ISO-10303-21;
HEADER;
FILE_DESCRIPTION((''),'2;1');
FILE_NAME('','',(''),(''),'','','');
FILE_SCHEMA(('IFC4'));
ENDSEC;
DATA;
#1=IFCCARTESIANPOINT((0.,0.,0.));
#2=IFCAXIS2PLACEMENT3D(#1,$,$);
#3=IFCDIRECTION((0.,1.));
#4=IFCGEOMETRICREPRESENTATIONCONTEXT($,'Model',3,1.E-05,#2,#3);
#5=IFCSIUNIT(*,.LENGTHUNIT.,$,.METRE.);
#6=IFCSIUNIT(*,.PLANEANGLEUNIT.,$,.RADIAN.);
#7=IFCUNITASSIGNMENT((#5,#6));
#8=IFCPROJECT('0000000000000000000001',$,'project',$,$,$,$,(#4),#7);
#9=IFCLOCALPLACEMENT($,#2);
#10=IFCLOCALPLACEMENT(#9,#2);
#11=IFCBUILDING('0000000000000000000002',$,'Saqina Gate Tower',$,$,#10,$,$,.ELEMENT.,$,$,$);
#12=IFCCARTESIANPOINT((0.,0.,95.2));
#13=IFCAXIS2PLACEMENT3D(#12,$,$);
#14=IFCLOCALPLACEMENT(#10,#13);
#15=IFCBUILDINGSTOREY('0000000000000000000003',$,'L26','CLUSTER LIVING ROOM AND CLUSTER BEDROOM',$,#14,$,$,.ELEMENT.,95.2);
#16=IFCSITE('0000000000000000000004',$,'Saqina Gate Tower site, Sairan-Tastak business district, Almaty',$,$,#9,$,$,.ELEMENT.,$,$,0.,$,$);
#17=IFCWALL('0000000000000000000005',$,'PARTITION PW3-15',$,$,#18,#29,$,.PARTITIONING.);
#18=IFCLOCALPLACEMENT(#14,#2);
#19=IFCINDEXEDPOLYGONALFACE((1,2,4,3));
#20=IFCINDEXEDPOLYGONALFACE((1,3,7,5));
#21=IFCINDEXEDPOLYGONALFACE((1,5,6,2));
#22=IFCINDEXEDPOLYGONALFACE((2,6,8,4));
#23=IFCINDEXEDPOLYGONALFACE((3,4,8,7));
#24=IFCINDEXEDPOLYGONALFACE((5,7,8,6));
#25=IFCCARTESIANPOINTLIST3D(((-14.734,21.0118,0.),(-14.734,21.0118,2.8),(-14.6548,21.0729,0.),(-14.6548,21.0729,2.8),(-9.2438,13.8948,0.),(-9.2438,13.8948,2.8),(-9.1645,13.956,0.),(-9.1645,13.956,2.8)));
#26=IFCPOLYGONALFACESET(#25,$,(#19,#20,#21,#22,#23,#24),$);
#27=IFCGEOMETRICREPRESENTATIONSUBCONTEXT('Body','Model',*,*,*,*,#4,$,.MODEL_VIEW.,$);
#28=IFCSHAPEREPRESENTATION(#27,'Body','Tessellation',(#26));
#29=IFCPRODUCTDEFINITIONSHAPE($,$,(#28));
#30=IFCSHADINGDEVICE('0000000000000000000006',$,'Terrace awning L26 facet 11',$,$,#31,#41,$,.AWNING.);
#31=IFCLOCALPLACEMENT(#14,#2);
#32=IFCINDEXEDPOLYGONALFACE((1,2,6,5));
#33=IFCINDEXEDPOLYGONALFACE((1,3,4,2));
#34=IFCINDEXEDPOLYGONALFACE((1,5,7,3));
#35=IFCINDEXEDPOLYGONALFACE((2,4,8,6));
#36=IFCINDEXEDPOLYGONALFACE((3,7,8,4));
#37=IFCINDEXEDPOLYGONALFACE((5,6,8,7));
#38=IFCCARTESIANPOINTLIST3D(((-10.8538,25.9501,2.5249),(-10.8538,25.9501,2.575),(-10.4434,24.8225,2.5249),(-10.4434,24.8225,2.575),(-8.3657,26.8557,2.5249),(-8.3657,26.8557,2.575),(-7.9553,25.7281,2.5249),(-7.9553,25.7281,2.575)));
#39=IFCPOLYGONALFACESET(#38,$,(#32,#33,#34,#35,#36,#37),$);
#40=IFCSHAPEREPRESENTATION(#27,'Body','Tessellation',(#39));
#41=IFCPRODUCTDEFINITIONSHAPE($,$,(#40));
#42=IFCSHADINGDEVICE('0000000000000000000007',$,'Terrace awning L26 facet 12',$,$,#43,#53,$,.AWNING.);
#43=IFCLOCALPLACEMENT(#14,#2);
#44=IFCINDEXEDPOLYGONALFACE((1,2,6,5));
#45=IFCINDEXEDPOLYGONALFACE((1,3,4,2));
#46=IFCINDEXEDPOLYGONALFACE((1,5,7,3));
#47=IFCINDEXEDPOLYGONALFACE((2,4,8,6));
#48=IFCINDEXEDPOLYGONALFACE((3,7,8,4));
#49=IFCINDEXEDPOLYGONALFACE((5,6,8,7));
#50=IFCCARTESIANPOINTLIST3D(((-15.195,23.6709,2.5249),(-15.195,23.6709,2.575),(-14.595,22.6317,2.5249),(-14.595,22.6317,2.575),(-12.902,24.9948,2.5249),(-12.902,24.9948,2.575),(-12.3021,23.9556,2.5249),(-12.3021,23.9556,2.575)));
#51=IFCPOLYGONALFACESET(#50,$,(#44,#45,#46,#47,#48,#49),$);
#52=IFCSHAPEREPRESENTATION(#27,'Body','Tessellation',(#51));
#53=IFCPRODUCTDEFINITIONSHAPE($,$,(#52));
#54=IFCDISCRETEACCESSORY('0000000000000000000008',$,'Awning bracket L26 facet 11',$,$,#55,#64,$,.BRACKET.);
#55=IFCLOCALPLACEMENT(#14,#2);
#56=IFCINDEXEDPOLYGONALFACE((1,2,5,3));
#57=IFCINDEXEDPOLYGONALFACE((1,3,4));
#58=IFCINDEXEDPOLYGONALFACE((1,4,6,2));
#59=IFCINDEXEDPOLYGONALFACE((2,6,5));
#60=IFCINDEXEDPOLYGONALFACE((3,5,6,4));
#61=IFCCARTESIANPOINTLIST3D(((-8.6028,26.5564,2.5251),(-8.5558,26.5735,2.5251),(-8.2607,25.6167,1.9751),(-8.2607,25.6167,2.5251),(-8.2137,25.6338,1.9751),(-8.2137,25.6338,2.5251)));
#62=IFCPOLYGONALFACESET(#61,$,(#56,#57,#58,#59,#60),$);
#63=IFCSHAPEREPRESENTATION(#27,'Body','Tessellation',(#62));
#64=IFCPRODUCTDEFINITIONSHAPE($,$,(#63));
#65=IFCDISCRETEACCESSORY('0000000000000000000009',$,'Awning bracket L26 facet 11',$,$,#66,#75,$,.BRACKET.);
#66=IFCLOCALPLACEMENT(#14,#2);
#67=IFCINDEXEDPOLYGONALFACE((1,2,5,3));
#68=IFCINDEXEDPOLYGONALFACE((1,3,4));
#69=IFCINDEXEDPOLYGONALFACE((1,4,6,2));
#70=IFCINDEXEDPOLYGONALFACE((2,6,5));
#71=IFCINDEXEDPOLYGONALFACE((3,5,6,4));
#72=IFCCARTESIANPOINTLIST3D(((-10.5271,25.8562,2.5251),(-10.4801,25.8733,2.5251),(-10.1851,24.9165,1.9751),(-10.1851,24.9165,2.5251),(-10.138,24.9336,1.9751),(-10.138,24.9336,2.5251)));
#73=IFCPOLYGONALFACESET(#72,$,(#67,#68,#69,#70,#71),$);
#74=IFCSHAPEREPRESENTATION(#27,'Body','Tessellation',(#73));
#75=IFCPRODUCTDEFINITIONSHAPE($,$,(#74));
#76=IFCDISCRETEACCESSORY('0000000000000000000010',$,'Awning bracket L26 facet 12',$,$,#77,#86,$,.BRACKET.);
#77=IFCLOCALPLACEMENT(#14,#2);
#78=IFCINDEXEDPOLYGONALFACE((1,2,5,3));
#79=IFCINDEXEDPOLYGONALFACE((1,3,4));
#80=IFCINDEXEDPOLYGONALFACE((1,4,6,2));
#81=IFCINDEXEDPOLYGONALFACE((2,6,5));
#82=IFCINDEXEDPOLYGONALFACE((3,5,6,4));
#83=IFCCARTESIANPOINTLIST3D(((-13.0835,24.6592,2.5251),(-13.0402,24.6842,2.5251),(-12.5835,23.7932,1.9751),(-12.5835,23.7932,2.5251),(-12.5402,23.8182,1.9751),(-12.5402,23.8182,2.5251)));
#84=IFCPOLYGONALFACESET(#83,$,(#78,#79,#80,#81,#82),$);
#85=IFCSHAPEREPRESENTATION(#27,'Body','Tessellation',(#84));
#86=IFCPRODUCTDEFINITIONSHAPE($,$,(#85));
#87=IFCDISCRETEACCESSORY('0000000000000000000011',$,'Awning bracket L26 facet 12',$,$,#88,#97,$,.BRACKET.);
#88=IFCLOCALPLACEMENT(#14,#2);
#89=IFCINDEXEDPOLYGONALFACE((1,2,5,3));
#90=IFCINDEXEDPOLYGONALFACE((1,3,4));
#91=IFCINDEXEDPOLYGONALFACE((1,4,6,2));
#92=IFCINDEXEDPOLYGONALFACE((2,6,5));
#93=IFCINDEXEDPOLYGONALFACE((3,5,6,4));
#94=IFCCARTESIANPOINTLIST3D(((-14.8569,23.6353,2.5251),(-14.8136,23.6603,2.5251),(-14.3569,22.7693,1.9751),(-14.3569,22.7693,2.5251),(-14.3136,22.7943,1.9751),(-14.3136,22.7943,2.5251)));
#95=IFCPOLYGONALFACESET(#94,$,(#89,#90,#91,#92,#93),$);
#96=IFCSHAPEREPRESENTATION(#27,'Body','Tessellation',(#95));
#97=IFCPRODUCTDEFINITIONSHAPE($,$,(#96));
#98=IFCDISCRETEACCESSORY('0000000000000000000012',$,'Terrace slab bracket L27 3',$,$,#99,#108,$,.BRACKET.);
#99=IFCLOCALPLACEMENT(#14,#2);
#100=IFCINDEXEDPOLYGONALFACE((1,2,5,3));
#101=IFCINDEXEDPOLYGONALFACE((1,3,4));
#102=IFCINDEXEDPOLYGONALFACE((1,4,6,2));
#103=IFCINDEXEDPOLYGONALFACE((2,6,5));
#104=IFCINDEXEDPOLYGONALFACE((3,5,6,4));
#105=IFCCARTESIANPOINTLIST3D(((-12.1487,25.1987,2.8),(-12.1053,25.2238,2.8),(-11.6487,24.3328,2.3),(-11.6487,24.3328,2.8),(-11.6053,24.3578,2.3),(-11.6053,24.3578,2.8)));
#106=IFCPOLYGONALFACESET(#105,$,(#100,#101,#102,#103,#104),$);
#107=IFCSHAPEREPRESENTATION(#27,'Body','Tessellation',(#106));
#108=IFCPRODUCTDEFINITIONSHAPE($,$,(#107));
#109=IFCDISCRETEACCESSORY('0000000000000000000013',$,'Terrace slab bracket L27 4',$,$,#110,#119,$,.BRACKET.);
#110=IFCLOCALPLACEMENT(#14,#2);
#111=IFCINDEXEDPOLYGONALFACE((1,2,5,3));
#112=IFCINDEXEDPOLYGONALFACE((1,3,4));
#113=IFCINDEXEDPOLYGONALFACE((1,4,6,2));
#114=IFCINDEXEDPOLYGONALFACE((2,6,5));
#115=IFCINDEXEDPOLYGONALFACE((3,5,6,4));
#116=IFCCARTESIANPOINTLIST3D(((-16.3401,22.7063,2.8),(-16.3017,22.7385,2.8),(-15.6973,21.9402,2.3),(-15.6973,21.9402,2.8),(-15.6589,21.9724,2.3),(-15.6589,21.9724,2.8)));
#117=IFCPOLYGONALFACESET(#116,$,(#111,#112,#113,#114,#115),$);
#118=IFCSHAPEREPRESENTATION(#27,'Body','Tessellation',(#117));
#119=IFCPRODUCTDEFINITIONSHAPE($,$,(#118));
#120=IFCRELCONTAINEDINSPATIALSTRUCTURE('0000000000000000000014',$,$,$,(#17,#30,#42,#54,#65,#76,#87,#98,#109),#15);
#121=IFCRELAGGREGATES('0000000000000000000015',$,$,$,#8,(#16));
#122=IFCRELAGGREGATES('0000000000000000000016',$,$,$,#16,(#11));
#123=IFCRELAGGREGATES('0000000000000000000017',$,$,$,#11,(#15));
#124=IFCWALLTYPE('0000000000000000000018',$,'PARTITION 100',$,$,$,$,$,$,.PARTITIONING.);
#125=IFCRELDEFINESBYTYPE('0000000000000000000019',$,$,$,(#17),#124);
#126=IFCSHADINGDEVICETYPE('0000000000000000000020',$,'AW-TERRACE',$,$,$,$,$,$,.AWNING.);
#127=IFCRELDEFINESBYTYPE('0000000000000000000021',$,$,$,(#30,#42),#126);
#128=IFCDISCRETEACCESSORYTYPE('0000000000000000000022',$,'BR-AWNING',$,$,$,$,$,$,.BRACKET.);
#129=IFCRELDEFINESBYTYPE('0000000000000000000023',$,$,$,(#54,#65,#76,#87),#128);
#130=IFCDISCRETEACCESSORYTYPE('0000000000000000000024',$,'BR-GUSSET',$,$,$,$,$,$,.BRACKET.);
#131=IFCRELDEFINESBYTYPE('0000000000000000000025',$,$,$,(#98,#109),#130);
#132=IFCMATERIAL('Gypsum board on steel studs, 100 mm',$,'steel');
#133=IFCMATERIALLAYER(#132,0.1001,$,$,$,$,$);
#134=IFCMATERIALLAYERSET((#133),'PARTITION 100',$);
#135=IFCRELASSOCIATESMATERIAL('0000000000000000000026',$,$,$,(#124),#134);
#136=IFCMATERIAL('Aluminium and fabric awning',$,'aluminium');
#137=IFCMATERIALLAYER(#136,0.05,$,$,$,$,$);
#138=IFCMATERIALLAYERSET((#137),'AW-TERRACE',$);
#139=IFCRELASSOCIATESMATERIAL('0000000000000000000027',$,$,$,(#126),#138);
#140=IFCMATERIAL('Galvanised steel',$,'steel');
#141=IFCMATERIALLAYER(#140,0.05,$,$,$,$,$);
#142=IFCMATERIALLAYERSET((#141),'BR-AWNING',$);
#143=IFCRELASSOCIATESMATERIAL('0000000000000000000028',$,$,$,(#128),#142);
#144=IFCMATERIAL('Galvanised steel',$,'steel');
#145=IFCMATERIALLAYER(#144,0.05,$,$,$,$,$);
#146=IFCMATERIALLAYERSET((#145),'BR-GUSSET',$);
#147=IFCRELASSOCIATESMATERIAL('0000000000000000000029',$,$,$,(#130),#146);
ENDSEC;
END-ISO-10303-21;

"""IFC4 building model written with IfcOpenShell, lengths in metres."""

from ifc_helpers import new_model, si_unit, direction, frame, frame_2d, origin, origin_2d, place, context, subcontext, project, spatial, polyline, rectangle, outline, extrude, material, layer, layer_set, type_object, element, save


model = new_model("IFC4")

# Units and contexts
model_context = context("Model", 3, precision=1e-05, world=origin(), true_north=direction((0.0, 1.0)))
body_context = subcontext(model_context, "Body", "Model", "MODEL_VIEW")
ifc_project = project(units=[si_unit("LENGTHUNIT", "METRE"), si_unit("PLANEANGLEUNIT", "RADIAN")], contexts=[model_context])

# Site, building, storey
site_placement = place(None, origin())
site = spatial("IfcSite", under=ifc_project, at=site_placement, Name="Saqina Gate Tower site, Sairan-Tastak business district, Almaty", CompositionType="ELEMENT", RefElevation=0.0)
building_placement = place(site_placement, origin())
building = spatial("IfcBuilding", under=site, at=building_placement, Name="Saqina Gate Tower", CompositionType="ELEMENT")
storey_placement = place(building_placement, frame((0.0, 0.0, 95.2)))
storey = spatial("IfcBuildingStorey", under=building, at=storey_placement, Name="L26", Description="CLUSTER LIVING ROOM AND CLUSTER BEDROOM", CompositionType="ELEMENT", Elevation=95.2)

# Wall
ifc_material_1 = material(Name="Gypsum board on steel studs, 100 mm", Category="steel")
ifc_layer_1 = layer(ifc_material_1, 0.1001)
ifc_layer_set_1 = layer_set([ifc_layer_1], Name="PARTITION 100")
wall_type_1 = type_object("IfcWallType", Name="PARTITION 100", PredefinedType="PARTITIONING", material=ifc_layer_set_1)
wall_1_placement = place(storey_placement, frame((-14.6943, 21.0422, 0.0), z_axis=(0.0, 0.0, 1.0), x_axis=(0.610805, -0.791781, 0.0)))
element("IfcWall", 1, at=wall_1_placement, inside=storey, type_object=wall_type_1, Name="PARTITION PW3-15", PredefinedType="PARTITIONING", context=body_context, shape_type="SweptSolid", body=[
    extrude(rectangle(XDim=8.9885, YDim=0.1001, at=frame_2d((4.4941, 0.0))), origin(), (0.0, 0.0, 1.0), 2.8),
])

# Shading devices
ifc_material_2 = material(Name="Aluminium and fabric awning", Category="aluminium")
ifc_layer_2 = layer(ifc_material_2, 0.05)
ifc_layer_set_2 = layer_set([ifc_layer_2], Name="AW-TERRACE")
shading_device_type = type_object("IfcShadingDeviceType", Name="AW-TERRACE", PredefinedType="AWNING", material=ifc_layer_set_2)
for number, where, z_axis, x_axis, name in (
    (2, (-9.4045, 25.8391, 2.5249), (0.0, 0.0, 1.0), (-0.939693, -0.34202, 0.0), "Terrace awning L26 facet 11"),
    (3, (-13.7485, 23.8132, 2.5249), (0.0, 0.0, 1.0), (-0.866025, -0.5, 0.0), "Terrace awning L26 facet 12"),
):
    element("IfcShadingDevice", number, at=place(storey_placement, frame(where, z_axis=z_axis, x_axis=x_axis)), inside=storey, type_object=shading_device_type, Name=name, PredefinedType="AWNING", context=body_context, shape_type="SweptSolid", body=[
        extrude(rectangle(XDim=2.6477, YDim=1.2, at=origin_2d()), origin(), (0.0, 0.0, 1.0), 0.05),
    ])

# Discrete accessories
ifc_material_3 = material(Name="Galvanised steel", Category="steel")
ifc_layer_3 = layer(ifc_material_3, 0.05)
ifc_layer_set_3 = layer_set([ifc_layer_3], Name="BR-AWNING")
discrete_accessory_type_1 = type_object("IfcDiscreteAccessoryType", Name="BR-AWNING", PredefinedType="BRACKET", material=ifc_layer_set_3)
for number, where, z_axis, x_axis, name in (
    (4, (-8.2607, 25.6167, 1.9751), (-0.939686, -0.342037, 0.0), (0.0, 0.0, 1.0), "Awning bracket L26 facet 11"),
    (5, (-10.1851, 24.9165, 1.9751), (-0.939686, -0.342037, 0.0), (0.0, 0.0, 1.0), "Awning bracket L26 facet 11"),
):
    element("IfcDiscreteAccessory", number, at=place(storey_placement, frame(where, z_axis=z_axis, x_axis=x_axis)), inside=storey, type_object=discrete_accessory_type_1, Name=name, PredefinedType="BRACKET", context=body_context, shape_type="SweptSolid", body=[
        extrude(outline(polyline([(0.0, 0.0), (0.55, 0.0), (0.55, 1.0), (0.0, 0.0)])), origin(), (0.0, 0.0, -1.0), 0.05),
    ])
for number, where, z_axis, x_axis, name in (
    (6, (-12.5835, 23.7932, 1.9751), (-0.866011, -0.500025, 0.0), (0.0, 0.0, 1.0), "Awning bracket L26 facet 12"),
    (7, (-14.3569, 22.7693, 1.9751), (-0.866011, -0.500025, 0.0), (0.0, 0.0, 1.0), "Awning bracket L26 facet 12"),
):
    element("IfcDiscreteAccessory", number, at=place(storey_placement, frame(where, z_axis=z_axis, x_axis=x_axis)), inside=storey, type_object=discrete_accessory_type_1, Name=name, PredefinedType="BRACKET", context=body_context, shape_type="SweptSolid", body=[
        extrude(outline(polyline([(0.0, 0.0), (0.55, 0.0), (0.55, 0.9999), (0.0, 0.0)])), origin(), (0.0, 0.0, -1.0), 0.05),
    ])
ifc_material_4 = material(Name="Galvanised steel", Category="steel")
ifc_layer_4 = layer(ifc_material_4, 0.05)
ifc_layer_set_4 = layer_set([ifc_layer_4], Name="BR-GUSSET")
discrete_accessory_type_2 = type_object("IfcDiscreteAccessoryType", Name="BR-GUSSET", PredefinedType="BRACKET", material=ifc_layer_set_4)
discrete_accessory_1_placement = place(storey_placement, frame((-11.6487, 24.3328, 2.3), z_axis=(-0.866011, -0.500025, 0.0), x_axis=(0.0, 0.0, 1.0)))
element("IfcDiscreteAccessory", 8, at=discrete_accessory_1_placement, inside=storey, type_object=discrete_accessory_type_2, Name="Terrace slab bracket L27 3", PredefinedType="BRACKET", context=body_context, shape_type="SweptSolid", body=[
    extrude(outline(polyline([(0.0, 0.0), (0.5, 0.0), (0.5, 0.9999), (0.0, 0.0)])), origin(), (0.0, 0.0, -1.0), 0.05),
])
discrete_accessory_2_placement = place(storey_placement, frame((-15.6973, 21.9402, 2.3), z_axis=(-0.766056, -0.642774, 0.0), x_axis=(0.0, 0.0, 1.0)))
element("IfcDiscreteAccessory", 9, at=discrete_accessory_2_placement, inside=storey, type_object=discrete_accessory_type_2, Name="Terrace slab bracket L27 4", PredefinedType="BRACKET", context=body_context, shape_type="SweptSolid", body=[
    extrude(outline(polyline([(0.0, 0.0), (0.5, 0.0), (0.5, 1.0001), (0.0, 0.0)])), origin(), (0.0, 0.0, -1.0), 0.05),
])

save(model, "model.ifc")
